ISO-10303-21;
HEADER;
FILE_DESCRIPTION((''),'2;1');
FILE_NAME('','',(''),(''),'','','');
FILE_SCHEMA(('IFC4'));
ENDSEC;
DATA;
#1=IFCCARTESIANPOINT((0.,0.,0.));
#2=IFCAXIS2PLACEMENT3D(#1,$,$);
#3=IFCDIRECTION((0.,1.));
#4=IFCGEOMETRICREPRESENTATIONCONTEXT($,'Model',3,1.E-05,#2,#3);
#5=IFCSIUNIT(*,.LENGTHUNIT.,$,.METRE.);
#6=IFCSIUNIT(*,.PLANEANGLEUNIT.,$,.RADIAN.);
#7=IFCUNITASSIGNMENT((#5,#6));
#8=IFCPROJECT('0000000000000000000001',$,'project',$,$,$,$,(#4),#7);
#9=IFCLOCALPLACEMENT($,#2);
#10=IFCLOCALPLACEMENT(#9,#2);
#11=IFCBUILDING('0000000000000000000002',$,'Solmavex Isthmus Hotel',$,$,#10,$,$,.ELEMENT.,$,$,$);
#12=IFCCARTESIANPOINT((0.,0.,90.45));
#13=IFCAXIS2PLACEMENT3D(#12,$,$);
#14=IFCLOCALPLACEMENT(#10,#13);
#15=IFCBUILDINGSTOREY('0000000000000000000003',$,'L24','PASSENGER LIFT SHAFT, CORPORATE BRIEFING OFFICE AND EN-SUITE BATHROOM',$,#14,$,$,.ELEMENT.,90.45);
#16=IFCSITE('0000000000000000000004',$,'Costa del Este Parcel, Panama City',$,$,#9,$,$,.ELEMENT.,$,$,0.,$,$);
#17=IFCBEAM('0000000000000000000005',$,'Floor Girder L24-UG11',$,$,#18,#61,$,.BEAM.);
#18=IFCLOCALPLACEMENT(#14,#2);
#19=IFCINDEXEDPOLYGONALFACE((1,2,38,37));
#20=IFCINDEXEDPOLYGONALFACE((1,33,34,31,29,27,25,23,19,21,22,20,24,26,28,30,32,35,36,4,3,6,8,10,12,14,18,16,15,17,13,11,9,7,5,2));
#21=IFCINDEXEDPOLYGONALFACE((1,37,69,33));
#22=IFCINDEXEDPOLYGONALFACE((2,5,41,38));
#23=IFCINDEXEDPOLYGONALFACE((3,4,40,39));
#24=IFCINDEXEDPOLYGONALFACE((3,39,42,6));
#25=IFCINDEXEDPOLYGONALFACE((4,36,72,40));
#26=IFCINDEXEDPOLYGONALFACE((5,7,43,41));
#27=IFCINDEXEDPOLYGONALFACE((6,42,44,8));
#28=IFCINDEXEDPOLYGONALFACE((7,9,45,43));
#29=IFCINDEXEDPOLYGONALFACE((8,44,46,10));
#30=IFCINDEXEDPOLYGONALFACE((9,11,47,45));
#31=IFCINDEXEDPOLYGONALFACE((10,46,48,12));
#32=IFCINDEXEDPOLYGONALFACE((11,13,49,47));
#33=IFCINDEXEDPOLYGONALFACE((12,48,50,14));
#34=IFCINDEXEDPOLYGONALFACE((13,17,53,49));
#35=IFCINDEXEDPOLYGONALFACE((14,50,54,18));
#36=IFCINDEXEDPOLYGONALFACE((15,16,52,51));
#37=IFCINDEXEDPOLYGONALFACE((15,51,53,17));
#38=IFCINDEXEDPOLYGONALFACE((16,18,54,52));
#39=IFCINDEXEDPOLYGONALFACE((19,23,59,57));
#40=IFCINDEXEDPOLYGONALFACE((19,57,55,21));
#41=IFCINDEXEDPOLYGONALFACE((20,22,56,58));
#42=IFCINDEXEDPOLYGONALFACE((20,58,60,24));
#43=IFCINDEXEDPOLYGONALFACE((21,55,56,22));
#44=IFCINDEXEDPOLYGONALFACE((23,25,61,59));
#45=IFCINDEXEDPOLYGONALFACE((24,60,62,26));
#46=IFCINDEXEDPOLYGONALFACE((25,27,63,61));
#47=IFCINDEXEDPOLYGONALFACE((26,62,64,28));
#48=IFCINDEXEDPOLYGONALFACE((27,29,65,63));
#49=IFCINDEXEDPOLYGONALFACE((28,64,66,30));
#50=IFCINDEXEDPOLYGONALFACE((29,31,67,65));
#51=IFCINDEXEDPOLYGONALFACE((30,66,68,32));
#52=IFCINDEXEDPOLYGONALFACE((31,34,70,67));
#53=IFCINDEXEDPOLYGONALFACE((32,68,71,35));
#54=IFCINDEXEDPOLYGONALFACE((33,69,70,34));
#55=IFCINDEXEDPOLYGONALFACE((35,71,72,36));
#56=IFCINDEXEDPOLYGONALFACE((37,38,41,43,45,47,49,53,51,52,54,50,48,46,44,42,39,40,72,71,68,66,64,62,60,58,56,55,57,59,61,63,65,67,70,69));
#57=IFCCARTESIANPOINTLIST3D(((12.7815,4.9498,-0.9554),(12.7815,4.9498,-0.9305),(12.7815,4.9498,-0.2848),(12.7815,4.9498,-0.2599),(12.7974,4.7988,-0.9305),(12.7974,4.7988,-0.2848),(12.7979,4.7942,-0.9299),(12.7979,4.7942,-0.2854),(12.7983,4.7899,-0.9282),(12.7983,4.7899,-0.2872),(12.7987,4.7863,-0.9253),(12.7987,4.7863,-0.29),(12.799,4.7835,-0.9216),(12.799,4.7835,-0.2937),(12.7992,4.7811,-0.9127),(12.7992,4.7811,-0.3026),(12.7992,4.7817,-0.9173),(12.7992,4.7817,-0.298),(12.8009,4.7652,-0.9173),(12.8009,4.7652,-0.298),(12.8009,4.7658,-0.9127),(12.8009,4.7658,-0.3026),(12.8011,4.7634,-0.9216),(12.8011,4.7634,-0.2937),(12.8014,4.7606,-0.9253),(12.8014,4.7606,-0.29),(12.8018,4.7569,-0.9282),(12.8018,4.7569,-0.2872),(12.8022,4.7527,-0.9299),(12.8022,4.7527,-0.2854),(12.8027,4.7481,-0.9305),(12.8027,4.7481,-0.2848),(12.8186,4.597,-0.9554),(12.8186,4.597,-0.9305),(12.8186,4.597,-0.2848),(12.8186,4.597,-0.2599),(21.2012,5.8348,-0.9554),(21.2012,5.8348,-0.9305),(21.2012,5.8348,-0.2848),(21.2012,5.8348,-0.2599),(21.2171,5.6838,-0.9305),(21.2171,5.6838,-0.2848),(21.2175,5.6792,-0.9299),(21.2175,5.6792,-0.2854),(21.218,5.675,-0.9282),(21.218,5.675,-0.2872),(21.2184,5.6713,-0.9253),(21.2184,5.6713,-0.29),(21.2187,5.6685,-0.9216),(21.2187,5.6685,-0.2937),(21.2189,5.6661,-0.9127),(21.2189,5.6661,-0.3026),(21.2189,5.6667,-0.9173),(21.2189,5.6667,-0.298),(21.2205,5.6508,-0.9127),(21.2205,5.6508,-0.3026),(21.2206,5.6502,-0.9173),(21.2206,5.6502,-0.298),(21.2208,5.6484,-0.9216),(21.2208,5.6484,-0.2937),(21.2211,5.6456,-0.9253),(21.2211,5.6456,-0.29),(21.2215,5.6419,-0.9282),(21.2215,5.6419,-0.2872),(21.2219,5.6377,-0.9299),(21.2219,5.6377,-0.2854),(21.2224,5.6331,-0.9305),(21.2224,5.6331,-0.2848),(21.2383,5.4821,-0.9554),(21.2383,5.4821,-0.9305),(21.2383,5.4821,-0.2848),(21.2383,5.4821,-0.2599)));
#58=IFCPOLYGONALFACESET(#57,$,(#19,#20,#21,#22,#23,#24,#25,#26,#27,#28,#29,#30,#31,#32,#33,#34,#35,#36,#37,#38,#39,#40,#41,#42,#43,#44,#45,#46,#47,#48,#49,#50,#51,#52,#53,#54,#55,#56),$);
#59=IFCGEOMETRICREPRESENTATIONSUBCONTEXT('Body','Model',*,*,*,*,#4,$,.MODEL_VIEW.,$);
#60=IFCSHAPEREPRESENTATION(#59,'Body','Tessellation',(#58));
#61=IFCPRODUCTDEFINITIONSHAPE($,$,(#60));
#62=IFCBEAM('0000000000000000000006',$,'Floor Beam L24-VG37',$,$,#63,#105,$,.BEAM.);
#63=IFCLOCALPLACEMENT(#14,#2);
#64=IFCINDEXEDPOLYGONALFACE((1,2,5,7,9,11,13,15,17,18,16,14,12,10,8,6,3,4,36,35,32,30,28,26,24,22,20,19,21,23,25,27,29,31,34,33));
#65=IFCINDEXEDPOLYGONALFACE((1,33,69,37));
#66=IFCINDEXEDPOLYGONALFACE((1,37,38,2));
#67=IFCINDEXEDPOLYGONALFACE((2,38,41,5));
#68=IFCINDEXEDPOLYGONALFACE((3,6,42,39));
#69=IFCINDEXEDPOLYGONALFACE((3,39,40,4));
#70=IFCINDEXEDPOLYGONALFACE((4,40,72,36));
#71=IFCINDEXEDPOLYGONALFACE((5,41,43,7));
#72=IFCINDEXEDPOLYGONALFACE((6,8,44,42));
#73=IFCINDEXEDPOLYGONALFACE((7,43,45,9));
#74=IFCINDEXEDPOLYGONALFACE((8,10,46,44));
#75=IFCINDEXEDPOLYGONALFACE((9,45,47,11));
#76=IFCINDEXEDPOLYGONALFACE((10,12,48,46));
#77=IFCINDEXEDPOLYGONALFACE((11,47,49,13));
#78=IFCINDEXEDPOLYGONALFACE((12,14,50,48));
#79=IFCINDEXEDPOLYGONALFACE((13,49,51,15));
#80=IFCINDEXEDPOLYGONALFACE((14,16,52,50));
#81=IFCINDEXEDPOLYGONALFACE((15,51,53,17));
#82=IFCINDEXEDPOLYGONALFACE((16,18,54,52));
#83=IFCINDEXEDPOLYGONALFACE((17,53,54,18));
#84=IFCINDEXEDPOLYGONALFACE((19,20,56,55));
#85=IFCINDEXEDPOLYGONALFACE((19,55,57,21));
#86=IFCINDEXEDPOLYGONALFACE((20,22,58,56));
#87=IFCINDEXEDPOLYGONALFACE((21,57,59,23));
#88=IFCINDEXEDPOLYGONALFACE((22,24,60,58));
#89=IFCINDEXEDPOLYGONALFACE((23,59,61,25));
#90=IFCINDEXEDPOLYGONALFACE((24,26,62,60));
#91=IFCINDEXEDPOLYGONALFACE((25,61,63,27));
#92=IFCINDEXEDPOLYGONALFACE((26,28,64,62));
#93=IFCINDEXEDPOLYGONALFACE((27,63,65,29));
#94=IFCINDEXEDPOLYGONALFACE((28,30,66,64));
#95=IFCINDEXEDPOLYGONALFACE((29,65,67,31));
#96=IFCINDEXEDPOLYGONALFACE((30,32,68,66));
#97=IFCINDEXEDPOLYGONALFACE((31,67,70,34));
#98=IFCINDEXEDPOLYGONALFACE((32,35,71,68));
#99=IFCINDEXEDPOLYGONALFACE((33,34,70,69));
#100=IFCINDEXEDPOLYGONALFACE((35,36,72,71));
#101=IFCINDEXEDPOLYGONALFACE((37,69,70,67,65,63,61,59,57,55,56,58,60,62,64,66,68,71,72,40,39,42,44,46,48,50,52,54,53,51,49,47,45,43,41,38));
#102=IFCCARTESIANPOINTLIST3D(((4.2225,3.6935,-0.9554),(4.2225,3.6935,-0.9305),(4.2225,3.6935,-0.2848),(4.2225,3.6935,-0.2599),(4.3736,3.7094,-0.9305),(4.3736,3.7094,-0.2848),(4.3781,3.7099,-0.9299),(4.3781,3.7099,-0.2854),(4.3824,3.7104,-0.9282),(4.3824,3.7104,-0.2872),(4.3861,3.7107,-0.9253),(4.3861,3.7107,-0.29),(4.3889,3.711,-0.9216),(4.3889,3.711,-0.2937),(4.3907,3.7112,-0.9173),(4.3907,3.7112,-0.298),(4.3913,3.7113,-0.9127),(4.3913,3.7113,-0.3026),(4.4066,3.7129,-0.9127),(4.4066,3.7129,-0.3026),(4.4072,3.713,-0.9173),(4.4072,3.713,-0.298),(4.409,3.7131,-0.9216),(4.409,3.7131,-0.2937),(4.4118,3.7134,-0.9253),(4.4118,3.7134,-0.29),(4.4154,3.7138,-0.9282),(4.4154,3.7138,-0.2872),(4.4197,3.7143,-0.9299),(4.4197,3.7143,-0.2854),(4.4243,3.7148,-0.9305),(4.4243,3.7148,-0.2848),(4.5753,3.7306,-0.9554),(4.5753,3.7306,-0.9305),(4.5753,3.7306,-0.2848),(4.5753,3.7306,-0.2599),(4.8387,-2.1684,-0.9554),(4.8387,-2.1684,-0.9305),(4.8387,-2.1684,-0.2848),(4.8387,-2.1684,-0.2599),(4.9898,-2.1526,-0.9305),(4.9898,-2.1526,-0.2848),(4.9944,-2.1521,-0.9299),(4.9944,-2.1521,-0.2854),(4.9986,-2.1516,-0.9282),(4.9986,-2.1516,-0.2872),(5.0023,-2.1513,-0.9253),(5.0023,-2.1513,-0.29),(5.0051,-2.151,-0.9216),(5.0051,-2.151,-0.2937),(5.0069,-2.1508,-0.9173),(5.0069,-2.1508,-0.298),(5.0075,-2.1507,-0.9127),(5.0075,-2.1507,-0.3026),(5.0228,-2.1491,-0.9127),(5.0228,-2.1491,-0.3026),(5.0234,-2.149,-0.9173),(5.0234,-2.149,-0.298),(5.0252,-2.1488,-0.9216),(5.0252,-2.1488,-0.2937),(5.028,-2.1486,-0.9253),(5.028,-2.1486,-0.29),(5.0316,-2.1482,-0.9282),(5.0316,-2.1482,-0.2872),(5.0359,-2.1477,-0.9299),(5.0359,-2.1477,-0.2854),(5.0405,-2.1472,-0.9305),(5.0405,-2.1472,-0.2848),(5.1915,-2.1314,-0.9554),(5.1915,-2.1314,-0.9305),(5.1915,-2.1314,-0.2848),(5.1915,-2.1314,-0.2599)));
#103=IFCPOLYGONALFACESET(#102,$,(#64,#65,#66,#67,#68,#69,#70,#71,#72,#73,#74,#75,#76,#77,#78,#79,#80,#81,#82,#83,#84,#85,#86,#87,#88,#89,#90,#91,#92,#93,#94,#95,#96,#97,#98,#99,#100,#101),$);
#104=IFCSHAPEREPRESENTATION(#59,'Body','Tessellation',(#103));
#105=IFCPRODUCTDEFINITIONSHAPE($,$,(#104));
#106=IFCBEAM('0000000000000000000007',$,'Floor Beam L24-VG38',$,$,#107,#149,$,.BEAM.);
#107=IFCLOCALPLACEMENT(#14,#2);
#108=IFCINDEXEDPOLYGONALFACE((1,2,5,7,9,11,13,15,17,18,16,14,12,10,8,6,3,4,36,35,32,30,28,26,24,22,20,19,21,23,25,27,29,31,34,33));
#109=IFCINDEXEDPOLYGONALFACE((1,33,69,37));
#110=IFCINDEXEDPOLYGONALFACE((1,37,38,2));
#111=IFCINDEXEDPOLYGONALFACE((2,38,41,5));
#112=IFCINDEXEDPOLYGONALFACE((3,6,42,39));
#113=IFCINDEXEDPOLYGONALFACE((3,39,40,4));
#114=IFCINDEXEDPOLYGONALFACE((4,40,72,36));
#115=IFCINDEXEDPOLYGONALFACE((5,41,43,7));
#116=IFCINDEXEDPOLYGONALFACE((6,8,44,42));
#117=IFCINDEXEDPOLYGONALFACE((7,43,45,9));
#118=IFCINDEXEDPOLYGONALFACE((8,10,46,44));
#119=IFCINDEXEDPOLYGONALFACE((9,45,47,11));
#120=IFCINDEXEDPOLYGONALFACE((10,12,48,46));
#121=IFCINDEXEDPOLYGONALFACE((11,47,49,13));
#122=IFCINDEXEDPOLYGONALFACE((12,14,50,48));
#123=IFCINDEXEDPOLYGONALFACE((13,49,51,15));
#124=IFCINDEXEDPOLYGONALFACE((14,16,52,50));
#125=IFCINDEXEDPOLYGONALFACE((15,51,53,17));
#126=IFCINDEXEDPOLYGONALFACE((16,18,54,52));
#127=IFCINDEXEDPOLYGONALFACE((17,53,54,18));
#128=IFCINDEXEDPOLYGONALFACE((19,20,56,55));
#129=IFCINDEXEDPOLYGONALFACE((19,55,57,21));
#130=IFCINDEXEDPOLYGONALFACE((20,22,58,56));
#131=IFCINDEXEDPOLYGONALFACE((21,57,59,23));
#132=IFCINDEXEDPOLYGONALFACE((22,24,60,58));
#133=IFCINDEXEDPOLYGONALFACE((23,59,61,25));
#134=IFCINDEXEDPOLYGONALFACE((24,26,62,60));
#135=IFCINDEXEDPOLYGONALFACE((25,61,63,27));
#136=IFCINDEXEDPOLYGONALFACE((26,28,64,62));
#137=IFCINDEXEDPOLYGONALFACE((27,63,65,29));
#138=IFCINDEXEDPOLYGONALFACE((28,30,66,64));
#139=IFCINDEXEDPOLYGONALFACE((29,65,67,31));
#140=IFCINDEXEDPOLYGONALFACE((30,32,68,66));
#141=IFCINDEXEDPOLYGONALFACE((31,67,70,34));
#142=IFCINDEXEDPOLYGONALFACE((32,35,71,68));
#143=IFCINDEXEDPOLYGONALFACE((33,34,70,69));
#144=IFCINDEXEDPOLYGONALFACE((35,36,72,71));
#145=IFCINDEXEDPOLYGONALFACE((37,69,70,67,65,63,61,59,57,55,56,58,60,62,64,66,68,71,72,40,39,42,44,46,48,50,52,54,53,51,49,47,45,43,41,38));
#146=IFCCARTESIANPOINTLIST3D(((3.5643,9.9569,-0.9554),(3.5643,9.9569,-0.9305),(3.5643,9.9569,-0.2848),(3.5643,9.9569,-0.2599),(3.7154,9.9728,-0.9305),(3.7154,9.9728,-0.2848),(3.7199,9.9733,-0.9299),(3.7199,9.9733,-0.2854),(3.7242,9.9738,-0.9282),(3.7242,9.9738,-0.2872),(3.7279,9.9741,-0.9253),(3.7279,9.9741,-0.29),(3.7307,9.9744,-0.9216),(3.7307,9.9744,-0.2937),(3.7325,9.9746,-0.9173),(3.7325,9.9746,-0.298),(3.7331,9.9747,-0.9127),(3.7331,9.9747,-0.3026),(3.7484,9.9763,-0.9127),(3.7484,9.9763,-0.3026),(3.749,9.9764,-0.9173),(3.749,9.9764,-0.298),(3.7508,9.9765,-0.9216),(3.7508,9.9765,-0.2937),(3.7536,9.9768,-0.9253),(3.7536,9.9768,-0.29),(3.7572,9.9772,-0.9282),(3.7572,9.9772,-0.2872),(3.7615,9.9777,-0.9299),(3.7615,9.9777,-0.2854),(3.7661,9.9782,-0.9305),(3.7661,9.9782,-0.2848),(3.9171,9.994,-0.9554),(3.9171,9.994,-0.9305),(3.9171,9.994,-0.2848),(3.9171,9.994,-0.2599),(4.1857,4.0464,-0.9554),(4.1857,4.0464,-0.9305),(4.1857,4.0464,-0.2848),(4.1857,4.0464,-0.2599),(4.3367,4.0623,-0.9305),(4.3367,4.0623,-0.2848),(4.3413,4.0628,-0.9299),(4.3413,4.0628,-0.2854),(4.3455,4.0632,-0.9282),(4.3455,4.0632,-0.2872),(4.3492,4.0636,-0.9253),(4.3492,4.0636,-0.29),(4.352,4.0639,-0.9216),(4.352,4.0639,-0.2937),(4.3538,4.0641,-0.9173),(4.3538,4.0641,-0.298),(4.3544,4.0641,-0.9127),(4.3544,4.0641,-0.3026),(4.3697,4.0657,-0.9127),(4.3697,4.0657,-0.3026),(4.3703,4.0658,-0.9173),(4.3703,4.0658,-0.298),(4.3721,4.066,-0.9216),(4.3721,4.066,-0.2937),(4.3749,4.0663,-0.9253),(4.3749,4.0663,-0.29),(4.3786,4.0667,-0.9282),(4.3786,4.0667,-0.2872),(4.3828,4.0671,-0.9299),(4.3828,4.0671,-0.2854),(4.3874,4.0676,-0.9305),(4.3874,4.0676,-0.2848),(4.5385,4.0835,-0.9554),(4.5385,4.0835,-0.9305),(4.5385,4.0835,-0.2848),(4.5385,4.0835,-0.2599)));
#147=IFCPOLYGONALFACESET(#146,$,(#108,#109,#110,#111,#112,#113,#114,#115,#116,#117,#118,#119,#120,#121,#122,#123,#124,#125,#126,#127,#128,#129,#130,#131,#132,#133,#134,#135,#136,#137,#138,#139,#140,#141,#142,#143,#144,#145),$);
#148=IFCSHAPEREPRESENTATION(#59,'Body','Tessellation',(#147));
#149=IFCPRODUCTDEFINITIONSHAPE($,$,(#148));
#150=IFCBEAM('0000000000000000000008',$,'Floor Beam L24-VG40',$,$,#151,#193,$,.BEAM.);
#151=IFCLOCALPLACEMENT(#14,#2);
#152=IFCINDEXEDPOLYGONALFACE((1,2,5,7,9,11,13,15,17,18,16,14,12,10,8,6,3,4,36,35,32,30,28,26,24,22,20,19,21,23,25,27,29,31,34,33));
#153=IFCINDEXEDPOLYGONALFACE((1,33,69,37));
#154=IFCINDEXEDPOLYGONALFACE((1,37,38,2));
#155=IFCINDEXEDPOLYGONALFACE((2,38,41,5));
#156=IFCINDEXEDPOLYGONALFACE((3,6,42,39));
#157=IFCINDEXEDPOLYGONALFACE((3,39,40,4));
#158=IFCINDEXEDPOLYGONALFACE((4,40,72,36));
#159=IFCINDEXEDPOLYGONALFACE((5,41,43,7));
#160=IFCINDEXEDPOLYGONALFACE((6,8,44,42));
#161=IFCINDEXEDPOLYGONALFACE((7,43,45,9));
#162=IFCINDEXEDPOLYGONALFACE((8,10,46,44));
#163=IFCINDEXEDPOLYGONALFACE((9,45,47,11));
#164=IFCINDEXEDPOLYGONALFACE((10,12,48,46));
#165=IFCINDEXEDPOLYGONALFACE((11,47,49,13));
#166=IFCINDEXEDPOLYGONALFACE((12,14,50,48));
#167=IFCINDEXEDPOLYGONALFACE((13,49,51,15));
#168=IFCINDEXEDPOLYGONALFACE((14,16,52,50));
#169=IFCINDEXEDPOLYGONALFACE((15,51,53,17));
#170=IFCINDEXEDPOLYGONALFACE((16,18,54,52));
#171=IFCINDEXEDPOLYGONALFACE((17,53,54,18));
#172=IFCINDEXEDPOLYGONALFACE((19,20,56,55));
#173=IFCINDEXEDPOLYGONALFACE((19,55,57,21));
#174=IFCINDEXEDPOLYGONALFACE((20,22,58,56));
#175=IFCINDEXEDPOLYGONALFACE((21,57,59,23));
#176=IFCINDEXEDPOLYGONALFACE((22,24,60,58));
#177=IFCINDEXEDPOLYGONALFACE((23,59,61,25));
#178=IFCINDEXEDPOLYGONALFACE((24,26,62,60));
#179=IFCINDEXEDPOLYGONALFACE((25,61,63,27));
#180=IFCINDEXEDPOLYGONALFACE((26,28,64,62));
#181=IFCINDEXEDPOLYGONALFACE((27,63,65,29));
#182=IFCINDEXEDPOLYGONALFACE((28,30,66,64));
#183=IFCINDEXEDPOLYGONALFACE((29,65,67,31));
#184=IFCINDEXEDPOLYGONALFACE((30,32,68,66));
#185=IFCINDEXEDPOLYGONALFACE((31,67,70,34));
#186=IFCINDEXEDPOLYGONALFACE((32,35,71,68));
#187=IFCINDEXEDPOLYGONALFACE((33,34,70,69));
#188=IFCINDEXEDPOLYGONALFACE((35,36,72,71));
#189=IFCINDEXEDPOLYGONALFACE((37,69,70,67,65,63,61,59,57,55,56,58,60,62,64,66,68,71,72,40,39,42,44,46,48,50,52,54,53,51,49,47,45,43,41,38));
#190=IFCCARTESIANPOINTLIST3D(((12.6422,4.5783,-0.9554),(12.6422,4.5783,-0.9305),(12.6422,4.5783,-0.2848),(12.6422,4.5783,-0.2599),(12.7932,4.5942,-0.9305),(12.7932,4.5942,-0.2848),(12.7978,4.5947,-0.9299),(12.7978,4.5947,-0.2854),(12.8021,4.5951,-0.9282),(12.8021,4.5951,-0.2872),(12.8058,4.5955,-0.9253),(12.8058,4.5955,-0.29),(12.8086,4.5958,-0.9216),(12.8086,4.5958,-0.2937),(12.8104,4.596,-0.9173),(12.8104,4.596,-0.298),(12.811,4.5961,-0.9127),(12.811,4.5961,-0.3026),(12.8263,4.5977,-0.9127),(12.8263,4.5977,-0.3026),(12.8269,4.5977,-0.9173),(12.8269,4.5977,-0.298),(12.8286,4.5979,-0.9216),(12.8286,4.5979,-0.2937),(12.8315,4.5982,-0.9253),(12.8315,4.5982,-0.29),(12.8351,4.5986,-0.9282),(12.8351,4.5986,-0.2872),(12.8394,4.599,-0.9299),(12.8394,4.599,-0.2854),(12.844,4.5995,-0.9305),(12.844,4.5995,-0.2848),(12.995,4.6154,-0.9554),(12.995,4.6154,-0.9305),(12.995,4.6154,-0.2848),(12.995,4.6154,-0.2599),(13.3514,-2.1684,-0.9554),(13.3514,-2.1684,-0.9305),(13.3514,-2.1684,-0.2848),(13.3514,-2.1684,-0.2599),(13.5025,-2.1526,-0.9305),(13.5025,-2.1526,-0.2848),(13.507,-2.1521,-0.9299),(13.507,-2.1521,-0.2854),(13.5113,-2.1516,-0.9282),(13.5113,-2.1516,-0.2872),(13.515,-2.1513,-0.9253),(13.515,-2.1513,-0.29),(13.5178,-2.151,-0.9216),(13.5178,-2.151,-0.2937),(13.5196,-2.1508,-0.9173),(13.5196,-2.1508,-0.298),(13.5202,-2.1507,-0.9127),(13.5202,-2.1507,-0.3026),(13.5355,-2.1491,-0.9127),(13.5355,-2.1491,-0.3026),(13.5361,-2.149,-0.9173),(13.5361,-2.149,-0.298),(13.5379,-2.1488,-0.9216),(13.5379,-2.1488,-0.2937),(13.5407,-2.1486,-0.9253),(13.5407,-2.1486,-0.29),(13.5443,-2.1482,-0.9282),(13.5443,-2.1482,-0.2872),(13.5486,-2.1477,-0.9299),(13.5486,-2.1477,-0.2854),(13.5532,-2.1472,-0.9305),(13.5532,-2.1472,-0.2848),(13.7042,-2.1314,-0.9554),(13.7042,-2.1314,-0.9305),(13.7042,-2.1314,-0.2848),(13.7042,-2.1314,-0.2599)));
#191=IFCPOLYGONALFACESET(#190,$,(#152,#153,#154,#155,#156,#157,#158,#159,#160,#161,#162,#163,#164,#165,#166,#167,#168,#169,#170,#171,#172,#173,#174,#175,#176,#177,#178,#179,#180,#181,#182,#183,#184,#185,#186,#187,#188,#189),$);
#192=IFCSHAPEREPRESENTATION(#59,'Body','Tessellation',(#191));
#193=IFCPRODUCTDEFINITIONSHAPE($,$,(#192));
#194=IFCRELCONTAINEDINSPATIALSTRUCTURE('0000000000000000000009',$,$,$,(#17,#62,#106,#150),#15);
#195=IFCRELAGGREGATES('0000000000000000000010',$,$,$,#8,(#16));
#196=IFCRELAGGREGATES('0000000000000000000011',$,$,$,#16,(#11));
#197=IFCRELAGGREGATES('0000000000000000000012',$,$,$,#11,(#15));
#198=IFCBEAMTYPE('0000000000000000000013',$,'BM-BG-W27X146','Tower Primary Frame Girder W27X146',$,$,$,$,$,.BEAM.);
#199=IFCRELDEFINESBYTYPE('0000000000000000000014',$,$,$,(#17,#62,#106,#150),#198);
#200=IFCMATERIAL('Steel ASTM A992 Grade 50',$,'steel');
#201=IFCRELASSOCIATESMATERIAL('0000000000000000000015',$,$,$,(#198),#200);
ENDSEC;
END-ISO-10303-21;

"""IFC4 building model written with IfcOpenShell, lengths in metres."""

from ifc_helpers import new_model, si_unit, direction, frame, origin, origin_2d, place, context, subcontext, project, spatial, i_section, extrude, material, material_profile, profile_set, type_object, element, save


model = new_model("IFC4")

# Units and contexts
model_context = context("Model", 3, precision=1e-05, world=origin(), true_north=direction((0.0, 1.0)))
body_context = subcontext(model_context, "Body", "Model", "MODEL_VIEW")
ifc_project = project(units=[si_unit("LENGTHUNIT", "METRE"), si_unit("PLANEANGLEUNIT", "RADIAN")], contexts=[model_context])

# Site, building, storey
site_placement = place(None, origin())
site = spatial("IfcSite", under=ifc_project, at=site_placement, Name="Costa del Este Parcel, Panama City", CompositionType="ELEMENT", RefElevation=0.0)
building_placement = place(site_placement, origin())
building = spatial("IfcBuilding", under=site, at=building_placement, Name="Solmavex Isthmus Hotel", CompositionType="ELEMENT")
storey_placement = place(building_placement, frame((0.0, 0.0, 90.45)))
storey = spatial("IfcBuildingStorey", under=building, at=storey_placement, Name="L24", Description="PASSENGER LIFT SHAFT, CORPORATE BRIEFING OFFICE AND EN-SUITE BATHROOM", CompositionType="ELEMENT", Elevation=90.45)

# Beams
ifc_material_1 = material(Name="Steel ASTM A992 Grade 50", Category="steel")
ifc_material_profile_1 = material_profile(ifc_material_1, i_section(OverallWidth=0.3547, OverallDepth=0.6956, WebThickness=0.0154, FlangeThickness=0.0249, FilletRadius=0.0178, at=origin_2d()), Name="W27X146")
ifc_profile_set_1 = profile_set([ifc_material_profile_1], Name="Steel ASTM A992 Grade 50")
beam_type_1 = type_object("IfcBeamType", Name="BM-BG-W27X146", Description="Tower Primary Frame Girder W27X146", PredefinedType="BEAM", material=ifc_profile_set_1)
for number, where, z_axis, x_axis, name in (
    (1, (12.8, 4.7734, -0.6077), (0.994521, 0.104536, 0.0), (-0.104536, 0.994521, 0.0), "Floor Girder L24-UG11"),
):
    element("IfcBeam", number, at=place(storey_placement, frame(where, z_axis=z_axis, x_axis=x_axis)), inside=storey, type_object=beam_type_1, Name=name, PredefinedType="BEAM", context=body_context, shape_type="SweptSolid", body=[
        extrude(i_section(OverallWidth=0.3547, OverallDepth=0.6956, WebThickness=0.0154, FlangeThickness=0.0249, FilletRadius=0.0178, at=origin_2d()), origin(), (0.0, 0.0, 1.0), 8.4661),
    ])
beam_1_placement = place(storey_placement, frame((5.0151, -2.1499, -0.6077), z_axis=(-0.104542, 0.99452, 0.0), x_axis=(-0.99452, -0.104542, 0.0)))
element("IfcBeam", 2, at=beam_1_placement, inside=storey, type_object=beam_type_1, Name="Floor Beam L24-VG37", PredefinedType="BEAM", context=body_context, shape_type="SweptSolid", body=[
    extrude(i_section(OverallWidth=0.3547, OverallDepth=0.6956, WebThickness=0.0154, FlangeThickness=0.0249, FilletRadius=0.0178, at=origin_2d()), origin(), (0.0, 0.0, 1.0), 5.8943),
])
beam_2_placement = place(storey_placement, frame((4.3621, 4.0649, -0.6077), z_axis=(-0.104546, 0.99452, 0.0), x_axis=(-0.99452, -0.104546, 0.0)))
element("IfcBeam", 3, at=beam_2_placement, inside=storey, type_object=beam_type_1, Name="Floor Beam L24-VG38", PredefinedType="BEAM", context=body_context, shape_type="SweptSolid", body=[
    extrude(i_section(OverallWidth=0.3547, OverallDepth=0.6956, WebThickness=0.0154, FlangeThickness=0.0249, FilletRadius=0.0178, at=origin_2d()), origin(), (0.0, 0.0, 1.0), 5.9431),
])
beam_3_placement = place(storey_placement, frame((13.5278, -2.1499, -0.6077), z_axis=(-0.104544, 0.99452, 0.0), x_axis=(-0.99452, -0.104544, 0.0)))
element("IfcBeam", 4, at=beam_3_placement, inside=storey, type_object=beam_type_1, Name="Floor Beam L24-VG40", PredefinedType="BEAM", context=body_context, shape_type="SweptSolid", body=[
    extrude(i_section(OverallWidth=0.3547, OverallDepth=0.6956, WebThickness=0.0154, FlangeThickness=0.0249, FilletRadius=0.0178, at=origin_2d()), origin(), (0.0, 0.0, 1.0), 6.7839),
])

save(model, "model.ifc")
